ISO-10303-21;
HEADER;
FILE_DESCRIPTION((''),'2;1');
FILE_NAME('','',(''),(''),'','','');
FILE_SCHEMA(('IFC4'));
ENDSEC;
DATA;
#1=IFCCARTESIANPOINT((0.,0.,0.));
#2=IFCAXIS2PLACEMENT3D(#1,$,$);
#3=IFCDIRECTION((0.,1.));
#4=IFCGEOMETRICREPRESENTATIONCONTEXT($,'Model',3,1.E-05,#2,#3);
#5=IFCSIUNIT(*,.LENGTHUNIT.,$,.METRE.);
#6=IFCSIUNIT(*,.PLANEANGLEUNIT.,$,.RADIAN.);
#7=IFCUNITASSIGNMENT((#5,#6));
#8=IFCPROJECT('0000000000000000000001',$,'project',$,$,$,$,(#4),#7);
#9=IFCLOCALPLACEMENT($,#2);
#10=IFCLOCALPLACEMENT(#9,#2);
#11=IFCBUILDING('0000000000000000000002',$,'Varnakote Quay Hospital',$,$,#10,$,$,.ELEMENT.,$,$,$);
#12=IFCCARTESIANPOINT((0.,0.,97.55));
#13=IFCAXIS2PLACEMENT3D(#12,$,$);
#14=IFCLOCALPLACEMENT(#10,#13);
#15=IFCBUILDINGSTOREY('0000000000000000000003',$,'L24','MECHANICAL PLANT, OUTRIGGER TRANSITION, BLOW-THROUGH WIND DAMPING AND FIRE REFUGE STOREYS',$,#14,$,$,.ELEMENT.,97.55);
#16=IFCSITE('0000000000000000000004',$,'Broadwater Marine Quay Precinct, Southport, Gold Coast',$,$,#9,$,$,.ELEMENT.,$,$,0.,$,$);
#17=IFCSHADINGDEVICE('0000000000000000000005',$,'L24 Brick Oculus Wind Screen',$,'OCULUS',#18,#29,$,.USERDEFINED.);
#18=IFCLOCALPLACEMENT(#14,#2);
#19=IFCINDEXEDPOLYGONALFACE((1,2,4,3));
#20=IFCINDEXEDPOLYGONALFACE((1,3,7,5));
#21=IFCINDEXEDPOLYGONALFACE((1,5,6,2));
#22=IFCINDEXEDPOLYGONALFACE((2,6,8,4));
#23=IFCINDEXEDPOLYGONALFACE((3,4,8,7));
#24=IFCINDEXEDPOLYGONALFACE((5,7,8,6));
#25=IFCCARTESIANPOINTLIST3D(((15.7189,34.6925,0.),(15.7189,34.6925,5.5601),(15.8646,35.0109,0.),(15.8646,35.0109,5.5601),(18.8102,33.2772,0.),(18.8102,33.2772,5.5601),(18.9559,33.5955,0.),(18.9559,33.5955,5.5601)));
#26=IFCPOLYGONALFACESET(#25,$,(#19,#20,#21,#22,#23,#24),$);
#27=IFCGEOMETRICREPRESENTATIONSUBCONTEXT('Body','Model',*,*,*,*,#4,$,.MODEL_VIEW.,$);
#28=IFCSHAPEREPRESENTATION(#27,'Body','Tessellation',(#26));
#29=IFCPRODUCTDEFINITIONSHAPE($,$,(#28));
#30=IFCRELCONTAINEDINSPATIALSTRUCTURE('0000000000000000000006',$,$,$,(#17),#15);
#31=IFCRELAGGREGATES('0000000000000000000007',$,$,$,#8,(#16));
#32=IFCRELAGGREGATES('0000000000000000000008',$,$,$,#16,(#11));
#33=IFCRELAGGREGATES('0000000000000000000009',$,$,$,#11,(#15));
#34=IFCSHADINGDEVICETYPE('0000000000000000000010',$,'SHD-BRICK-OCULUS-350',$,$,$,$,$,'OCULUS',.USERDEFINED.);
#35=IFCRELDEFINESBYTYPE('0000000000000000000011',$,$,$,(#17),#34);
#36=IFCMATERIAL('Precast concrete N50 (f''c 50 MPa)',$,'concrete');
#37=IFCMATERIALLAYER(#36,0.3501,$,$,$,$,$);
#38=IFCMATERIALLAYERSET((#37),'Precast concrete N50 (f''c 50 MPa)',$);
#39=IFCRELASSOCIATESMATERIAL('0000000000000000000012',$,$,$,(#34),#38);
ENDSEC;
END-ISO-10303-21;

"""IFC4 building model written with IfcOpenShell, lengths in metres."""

from ifc_helpers import new_model, si_unit, direction, frame, origin, origin_2d, place, context, subcontext, project, spatial, rectangle, extrude, material, layer, layer_set, type_object, element, save


model = new_model("IFC4")

# Units and contexts
model_context = context("Model", 3, precision=1e-05, world=origin(), true_north=direction((0.0, 1.0)))
body_context = subcontext(model_context, "Body", "Model", "MODEL_VIEW")
ifc_project = project(units=[si_unit("LENGTHUNIT", "METRE"), si_unit("PLANEANGLEUNIT", "RADIAN")], contexts=[model_context])

# Site, building, storey
site_placement = place(None, origin())
site = spatial("IfcSite", under=ifc_project, at=site_placement, Name="Broadwater Marine Quay Precinct, Southport, Gold Coast", CompositionType="ELEMENT", RefElevation=0.0)
building_placement = place(site_placement, origin())
building = spatial("IfcBuilding", under=site, at=building_placement, Name="Varnakote Quay Hospital", CompositionType="ELEMENT")
storey_placement = place(building_placement, frame((0.0, 0.0, 97.55)))
storey = spatial("IfcBuildingStorey", under=building, at=storey_placement, Name="L24", Description="MECHANICAL PLANT, OUTRIGGER TRANSITION, BLOW-THROUGH WIND DAMPING AND FIRE REFUGE STOREYS", CompositionType="ELEMENT", Elevation=97.55)

# Shading device
ifc_material_1 = material(Name="Precast concrete N50 (f'c 50 MPa)", Category="concrete")
ifc_layer_1 = layer(ifc_material_1, 0.3501)
ifc_layer_set_1 = layer_set([ifc_layer_1], Name="Precast concrete N50 (f'c 50 MPa)")
shading_device_type = type_object("IfcShadingDeviceType", Name="SHD-BRICK-OCULUS-350", ElementType="OCULUS", PredefinedType="USERDEFINED", material=ifc_layer_set_1)
for number, where, z_axis, x_axis, name in (
    (1, (17.3374, 34.144, 0.0), (0.0, 0.0, 1.0), (-0.909236, 0.416281, 0.0), "L24 Brick Oculus Wind Screen"),
):
    element("IfcShadingDevice", number, at=place(storey_placement, frame(where, z_axis=z_axis, x_axis=x_axis)), inside=storey, type_object=shading_device_type, Name=name, ObjectType="OCULUS", PredefinedType="USERDEFINED", context=body_context, shape_type="SweptSolid", body=[
        extrude(rectangle(XDim=3.3999, YDim=0.3501, at=origin_2d()), origin(), (0.0, 0.0, 1.0), 5.5601),
    ])

save(model, "model.ifc")
